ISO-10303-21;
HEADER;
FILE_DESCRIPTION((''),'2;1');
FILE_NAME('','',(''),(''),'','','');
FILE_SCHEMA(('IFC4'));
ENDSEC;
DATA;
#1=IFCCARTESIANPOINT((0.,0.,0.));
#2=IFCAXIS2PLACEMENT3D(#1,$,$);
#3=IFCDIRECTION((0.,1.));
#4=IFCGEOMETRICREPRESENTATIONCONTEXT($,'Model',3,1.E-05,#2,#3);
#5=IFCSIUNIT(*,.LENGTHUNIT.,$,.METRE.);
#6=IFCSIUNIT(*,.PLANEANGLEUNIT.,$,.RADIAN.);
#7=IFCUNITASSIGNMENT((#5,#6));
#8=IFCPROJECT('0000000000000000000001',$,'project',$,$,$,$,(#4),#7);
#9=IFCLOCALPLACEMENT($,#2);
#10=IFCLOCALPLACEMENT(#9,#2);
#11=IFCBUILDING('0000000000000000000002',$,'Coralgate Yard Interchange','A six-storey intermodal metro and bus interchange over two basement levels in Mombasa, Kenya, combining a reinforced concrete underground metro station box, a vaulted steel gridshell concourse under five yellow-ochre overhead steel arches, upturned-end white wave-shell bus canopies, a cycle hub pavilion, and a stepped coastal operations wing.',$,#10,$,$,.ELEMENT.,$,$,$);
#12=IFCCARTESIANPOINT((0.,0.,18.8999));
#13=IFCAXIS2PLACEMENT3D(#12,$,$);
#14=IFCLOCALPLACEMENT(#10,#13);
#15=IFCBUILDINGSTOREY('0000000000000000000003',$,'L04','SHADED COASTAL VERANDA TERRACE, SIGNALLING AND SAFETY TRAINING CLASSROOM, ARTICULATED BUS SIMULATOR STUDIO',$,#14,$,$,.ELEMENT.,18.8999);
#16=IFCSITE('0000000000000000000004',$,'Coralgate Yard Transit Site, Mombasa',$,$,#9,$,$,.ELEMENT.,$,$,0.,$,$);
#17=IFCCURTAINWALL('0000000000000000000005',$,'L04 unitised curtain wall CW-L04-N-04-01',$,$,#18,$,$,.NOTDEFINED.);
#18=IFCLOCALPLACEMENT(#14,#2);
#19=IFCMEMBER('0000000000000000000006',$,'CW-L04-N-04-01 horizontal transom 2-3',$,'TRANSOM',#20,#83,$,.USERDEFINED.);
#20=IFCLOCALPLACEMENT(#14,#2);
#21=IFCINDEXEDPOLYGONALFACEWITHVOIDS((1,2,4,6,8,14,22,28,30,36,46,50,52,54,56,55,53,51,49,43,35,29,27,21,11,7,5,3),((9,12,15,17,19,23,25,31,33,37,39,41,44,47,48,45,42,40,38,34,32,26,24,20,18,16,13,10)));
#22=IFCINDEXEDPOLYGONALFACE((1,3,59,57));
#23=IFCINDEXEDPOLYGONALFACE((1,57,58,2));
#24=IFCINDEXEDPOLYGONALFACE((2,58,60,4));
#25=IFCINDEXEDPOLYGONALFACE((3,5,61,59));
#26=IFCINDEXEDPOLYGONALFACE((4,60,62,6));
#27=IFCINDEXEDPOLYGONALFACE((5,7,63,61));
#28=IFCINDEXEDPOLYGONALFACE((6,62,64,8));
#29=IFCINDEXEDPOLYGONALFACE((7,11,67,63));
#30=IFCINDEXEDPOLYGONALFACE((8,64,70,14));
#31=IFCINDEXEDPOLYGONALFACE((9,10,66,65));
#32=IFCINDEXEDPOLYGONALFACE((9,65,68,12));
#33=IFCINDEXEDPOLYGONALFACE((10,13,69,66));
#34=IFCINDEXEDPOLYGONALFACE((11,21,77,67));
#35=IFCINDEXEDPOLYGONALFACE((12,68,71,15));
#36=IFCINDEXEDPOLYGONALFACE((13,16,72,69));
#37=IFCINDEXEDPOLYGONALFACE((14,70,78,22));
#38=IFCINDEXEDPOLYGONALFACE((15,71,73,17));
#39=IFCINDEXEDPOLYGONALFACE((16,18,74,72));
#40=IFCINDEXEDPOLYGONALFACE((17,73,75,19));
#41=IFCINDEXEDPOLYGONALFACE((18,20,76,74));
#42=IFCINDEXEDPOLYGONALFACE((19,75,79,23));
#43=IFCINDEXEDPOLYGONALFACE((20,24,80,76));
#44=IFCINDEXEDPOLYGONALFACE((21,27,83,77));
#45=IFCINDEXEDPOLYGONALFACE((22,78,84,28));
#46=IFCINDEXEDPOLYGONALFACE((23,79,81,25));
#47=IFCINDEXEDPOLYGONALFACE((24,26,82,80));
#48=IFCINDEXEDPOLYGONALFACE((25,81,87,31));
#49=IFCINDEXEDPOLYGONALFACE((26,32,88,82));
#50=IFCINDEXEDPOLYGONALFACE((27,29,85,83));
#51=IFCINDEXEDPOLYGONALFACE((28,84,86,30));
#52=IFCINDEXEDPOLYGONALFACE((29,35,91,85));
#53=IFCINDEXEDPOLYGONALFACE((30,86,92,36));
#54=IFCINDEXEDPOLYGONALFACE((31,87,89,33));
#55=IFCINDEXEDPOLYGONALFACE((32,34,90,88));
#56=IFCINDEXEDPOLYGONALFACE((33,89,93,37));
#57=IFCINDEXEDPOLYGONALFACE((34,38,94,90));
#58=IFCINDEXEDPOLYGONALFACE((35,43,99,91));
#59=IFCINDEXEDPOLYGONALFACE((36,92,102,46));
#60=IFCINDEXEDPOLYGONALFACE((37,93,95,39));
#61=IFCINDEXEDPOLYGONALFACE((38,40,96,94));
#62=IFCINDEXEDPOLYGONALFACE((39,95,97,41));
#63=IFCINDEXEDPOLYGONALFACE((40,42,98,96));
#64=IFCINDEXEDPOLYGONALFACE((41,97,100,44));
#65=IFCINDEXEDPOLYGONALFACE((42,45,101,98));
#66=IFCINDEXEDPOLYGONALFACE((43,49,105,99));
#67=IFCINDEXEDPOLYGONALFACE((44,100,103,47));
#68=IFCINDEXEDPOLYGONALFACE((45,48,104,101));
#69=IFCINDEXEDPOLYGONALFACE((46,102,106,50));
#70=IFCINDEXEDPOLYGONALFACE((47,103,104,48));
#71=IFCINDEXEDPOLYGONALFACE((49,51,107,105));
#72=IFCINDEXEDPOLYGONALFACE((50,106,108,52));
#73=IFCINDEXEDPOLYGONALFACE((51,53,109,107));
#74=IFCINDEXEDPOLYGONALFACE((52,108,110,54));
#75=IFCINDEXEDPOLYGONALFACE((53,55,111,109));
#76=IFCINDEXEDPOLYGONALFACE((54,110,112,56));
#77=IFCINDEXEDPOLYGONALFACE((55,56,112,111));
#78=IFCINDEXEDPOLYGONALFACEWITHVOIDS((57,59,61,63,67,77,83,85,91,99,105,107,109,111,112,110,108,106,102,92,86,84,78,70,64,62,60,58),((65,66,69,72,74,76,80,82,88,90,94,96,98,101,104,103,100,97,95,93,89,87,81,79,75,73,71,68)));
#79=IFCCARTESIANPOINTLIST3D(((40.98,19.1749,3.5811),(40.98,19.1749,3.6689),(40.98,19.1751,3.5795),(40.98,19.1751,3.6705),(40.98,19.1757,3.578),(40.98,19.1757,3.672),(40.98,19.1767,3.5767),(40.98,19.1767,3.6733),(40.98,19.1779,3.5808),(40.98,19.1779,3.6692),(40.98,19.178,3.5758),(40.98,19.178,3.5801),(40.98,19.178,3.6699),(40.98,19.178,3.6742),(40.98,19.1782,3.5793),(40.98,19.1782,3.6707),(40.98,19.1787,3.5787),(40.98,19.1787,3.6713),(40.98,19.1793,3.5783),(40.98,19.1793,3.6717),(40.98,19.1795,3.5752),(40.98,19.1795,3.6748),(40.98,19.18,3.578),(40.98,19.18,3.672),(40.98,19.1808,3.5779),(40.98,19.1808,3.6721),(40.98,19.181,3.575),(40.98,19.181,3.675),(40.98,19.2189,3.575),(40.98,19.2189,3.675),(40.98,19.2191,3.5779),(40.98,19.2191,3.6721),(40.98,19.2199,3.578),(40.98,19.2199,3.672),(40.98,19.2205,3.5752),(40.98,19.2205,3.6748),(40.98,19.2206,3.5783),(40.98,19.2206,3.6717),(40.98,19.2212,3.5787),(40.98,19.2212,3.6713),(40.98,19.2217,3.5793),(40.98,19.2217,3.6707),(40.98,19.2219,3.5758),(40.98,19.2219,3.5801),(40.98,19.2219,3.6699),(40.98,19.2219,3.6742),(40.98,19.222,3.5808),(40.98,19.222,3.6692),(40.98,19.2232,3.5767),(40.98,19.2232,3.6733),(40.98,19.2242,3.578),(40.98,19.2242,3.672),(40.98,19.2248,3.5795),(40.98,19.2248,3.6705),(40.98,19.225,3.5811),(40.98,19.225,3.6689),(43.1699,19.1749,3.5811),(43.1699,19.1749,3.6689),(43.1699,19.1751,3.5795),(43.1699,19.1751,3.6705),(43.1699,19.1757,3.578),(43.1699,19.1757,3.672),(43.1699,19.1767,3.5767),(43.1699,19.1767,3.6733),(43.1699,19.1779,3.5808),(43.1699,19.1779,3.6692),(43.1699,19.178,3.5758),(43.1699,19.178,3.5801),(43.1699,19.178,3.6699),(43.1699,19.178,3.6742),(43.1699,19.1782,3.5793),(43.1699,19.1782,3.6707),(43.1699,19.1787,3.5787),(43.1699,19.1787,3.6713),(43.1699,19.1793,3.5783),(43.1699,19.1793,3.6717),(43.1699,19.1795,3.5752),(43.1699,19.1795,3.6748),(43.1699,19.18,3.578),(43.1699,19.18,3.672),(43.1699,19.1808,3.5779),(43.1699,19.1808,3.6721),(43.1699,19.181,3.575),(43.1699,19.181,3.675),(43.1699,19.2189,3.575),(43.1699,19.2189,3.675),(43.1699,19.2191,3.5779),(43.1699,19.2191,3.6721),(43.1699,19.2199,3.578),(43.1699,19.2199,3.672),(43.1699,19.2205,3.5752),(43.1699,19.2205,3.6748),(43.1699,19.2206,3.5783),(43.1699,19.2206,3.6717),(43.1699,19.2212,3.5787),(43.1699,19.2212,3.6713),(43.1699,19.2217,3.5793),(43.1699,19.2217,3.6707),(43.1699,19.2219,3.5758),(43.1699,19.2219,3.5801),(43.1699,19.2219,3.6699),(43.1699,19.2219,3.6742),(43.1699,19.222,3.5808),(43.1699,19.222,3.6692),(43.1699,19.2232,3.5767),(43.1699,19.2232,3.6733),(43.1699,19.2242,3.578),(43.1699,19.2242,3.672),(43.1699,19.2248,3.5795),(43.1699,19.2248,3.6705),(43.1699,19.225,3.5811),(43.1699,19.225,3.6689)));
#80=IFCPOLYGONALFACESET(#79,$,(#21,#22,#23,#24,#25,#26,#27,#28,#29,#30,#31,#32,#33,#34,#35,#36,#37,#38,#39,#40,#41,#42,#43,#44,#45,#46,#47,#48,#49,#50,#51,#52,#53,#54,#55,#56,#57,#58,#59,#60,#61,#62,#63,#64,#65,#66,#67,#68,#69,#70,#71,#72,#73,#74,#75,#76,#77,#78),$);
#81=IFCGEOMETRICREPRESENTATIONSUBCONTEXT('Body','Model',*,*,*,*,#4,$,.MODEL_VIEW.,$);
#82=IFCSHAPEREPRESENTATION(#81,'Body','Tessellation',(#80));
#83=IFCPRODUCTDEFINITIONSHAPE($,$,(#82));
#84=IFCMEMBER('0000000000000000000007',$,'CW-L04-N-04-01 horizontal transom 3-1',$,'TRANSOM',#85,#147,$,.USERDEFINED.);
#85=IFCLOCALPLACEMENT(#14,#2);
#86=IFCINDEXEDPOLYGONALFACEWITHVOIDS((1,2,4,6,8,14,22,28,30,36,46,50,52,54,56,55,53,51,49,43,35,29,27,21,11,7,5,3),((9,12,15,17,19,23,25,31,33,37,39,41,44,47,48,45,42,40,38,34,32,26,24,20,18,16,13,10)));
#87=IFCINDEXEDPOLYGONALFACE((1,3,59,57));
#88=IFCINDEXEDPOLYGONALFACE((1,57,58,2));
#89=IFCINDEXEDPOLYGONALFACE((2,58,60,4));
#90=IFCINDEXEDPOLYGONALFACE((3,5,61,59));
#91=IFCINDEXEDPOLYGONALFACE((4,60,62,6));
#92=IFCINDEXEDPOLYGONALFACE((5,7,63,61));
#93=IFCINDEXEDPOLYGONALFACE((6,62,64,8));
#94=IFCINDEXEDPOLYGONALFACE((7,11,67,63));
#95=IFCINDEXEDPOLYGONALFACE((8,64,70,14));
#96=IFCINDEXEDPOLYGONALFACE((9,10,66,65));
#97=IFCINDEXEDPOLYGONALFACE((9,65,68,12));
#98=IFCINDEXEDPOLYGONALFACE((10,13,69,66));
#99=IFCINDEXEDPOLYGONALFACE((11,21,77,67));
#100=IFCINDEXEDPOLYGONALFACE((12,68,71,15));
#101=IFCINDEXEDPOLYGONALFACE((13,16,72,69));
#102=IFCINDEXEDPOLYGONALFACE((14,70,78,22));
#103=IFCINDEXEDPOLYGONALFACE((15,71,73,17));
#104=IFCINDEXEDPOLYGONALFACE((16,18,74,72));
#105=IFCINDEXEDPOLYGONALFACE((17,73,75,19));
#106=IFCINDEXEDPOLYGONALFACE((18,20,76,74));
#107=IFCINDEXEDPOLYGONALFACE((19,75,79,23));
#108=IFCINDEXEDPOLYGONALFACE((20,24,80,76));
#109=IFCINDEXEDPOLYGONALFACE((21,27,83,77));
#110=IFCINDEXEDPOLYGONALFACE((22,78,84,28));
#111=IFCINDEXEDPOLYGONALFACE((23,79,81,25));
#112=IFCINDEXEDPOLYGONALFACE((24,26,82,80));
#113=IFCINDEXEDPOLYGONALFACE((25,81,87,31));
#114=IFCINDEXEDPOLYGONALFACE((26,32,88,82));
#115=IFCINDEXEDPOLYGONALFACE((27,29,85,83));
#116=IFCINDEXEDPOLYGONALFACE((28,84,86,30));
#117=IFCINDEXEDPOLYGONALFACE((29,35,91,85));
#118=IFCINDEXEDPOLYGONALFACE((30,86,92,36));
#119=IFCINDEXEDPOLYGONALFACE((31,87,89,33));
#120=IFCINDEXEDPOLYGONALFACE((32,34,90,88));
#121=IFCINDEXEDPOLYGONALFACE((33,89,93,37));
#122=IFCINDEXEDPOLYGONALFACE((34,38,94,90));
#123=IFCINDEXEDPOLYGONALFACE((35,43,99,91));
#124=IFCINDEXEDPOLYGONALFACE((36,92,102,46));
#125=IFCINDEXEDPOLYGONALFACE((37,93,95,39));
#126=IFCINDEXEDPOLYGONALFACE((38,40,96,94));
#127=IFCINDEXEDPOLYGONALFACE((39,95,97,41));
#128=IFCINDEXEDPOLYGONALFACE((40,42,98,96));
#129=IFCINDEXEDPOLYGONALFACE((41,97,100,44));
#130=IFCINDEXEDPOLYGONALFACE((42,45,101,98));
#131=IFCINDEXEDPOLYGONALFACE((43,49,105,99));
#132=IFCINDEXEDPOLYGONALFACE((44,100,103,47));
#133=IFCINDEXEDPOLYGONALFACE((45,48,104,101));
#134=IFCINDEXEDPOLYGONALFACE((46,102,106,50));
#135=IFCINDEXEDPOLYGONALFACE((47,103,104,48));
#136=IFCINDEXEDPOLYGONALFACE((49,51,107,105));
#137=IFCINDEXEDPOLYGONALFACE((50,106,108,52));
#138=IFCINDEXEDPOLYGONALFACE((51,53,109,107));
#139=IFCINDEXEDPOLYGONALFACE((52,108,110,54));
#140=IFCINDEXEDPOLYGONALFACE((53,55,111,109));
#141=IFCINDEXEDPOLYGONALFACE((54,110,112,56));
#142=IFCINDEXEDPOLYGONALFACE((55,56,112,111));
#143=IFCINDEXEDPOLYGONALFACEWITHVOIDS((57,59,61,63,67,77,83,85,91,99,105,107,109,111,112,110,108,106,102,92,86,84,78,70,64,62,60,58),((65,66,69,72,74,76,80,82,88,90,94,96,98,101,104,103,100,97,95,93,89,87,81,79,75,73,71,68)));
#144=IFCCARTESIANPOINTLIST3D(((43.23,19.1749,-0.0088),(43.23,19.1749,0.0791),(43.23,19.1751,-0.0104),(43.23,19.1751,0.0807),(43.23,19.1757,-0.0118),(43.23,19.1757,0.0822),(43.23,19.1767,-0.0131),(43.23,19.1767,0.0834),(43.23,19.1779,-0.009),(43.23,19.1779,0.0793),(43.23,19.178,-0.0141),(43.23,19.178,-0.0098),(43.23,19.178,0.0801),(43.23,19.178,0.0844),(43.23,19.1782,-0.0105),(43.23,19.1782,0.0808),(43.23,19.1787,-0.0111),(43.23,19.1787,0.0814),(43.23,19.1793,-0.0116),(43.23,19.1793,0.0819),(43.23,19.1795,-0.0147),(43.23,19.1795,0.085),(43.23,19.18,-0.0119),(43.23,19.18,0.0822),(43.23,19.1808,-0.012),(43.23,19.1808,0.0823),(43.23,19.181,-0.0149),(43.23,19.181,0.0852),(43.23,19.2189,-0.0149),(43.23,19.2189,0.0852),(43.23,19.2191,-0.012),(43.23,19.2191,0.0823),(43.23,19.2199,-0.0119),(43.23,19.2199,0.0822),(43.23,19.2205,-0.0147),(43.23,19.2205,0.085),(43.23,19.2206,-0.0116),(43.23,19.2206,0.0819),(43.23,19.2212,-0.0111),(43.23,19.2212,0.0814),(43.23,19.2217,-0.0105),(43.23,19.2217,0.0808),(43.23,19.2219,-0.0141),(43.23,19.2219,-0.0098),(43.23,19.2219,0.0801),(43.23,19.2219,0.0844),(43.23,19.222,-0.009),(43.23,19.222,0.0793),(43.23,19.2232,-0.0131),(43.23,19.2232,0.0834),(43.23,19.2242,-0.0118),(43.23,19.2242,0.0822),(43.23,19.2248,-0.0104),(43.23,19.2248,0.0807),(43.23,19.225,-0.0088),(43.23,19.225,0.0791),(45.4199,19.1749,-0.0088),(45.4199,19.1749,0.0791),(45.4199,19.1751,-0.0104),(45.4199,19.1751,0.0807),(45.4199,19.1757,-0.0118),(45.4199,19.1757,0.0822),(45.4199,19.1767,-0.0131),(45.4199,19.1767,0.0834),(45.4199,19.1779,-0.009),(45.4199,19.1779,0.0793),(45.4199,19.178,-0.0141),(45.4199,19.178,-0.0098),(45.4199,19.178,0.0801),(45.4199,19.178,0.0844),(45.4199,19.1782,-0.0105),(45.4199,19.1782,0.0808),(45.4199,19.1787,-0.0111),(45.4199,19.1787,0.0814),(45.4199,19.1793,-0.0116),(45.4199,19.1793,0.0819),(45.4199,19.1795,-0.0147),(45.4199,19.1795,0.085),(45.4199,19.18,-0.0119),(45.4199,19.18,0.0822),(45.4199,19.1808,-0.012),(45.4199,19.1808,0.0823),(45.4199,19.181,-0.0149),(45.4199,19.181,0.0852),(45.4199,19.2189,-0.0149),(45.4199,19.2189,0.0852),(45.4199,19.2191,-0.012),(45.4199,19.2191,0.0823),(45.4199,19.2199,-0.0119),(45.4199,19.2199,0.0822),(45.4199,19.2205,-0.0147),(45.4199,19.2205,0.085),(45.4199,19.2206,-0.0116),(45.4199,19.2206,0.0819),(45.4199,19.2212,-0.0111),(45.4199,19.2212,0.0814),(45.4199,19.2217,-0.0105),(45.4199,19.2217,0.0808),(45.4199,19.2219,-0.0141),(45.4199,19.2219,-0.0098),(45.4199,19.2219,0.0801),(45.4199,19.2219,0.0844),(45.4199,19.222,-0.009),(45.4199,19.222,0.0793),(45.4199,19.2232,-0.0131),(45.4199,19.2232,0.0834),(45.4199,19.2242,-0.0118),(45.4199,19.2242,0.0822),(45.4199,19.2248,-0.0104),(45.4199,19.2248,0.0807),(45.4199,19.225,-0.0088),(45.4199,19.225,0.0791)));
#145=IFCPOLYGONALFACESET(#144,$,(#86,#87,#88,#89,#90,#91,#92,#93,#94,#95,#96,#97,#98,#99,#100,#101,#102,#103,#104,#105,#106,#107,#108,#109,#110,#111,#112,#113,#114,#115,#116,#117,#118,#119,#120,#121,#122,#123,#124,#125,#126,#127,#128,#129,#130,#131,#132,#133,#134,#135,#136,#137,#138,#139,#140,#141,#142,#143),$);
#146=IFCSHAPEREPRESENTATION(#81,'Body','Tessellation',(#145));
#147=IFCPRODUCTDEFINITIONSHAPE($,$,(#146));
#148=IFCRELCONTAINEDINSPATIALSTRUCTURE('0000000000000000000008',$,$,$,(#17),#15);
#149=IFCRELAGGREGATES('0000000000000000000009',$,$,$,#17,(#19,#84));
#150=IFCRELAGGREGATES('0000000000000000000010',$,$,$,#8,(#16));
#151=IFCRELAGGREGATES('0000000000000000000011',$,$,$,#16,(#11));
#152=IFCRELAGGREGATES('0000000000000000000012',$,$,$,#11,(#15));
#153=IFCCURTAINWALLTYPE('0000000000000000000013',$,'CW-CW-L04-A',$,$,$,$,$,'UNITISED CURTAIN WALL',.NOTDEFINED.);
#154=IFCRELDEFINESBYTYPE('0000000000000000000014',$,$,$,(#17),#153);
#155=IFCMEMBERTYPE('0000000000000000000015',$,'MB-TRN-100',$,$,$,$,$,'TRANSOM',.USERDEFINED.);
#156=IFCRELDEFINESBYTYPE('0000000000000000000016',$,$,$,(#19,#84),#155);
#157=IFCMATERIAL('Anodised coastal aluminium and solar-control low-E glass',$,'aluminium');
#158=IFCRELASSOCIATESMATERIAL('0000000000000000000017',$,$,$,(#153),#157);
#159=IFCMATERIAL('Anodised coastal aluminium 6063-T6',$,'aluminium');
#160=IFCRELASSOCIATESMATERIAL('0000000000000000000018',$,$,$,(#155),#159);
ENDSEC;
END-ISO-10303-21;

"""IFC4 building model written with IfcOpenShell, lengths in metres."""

from ifc_helpers import new_model, si_unit, direction, frame, origin, origin_2d, place, context, subcontext, project, spatial, hollow_rectangle, extrude, material, material_profile, profile_set, type_object, element, aggregate, save


model = new_model("IFC4")

# Units and contexts
model_context = context("Model", 3, precision=1e-05, world=origin(), true_north=direction((0.0, 1.0)))
body_context = subcontext(model_context, "Body", "Model", "MODEL_VIEW")
ifc_project = project(units=[si_unit("LENGTHUNIT", "METRE"), si_unit("PLANEANGLEUNIT", "RADIAN")], contexts=[model_context])

# Site, building, storey
site_placement = place(None, origin())
site = spatial("IfcSite", under=ifc_project, at=site_placement, Name="Coralgate Yard Transit Site, Mombasa", CompositionType="ELEMENT", RefElevation=0.0)
building_placement = place(site_placement, origin())
building = spatial("IfcBuilding", under=site, at=building_placement, Name="Coralgate Yard Interchange", Description="A six-storey intermodal metro and bus interchange over two basement levels in Mombasa, Kenya, combining a reinforced concrete underground metro station box, a vaulted steel gridshell concourse under five yellow-ochre overhead steel arches, upturned-end white wave-shell bus canopies, a cycle hub pavilion, and a stepped coastal operations wing.", CompositionType="ELEMENT")
storey_placement = place(building_placement, frame((0.0, 0.0, 18.8999)))
storey = spatial("IfcBuildingStorey", under=building, at=storey_placement, Name="L04", Description="SHADED COASTAL VERANDA TERRACE, SIGNALLING AND SAFETY TRAINING CLASSROOM, ARTICULATED BUS SIMULATOR STUDIO", CompositionType="ELEMENT", Elevation=18.8999)

# Curtain wall, members
ifc_material_1 = material(Name="Anodised coastal aluminium and solar-control low-E glass", Category="aluminium")
curtain_wall_type = type_object("IfcCurtainWallType", Name="CW-CW-L04-A", ElementType="UNITISED CURTAIN WALL", PredefinedType="NOTDEFINED", material=ifc_material_1)
curtain_wall_placement = place(storey_placement, origin())
curtain_wall = element("IfcCurtainWall", 1, at=curtain_wall_placement, inside=storey, type_object=curtain_wall_type, Name="L04 unitised curtain wall CW-L04-N-04-01", PredefinedType="NOTDEFINED")
ifc_material_2 = material(Name="Anodised coastal aluminium 6063-T6", Category="aluminium")
ifc_material_profile_1 = material_profile(ifc_material_2, hollow_rectangle(XDim=0.05, YDim=0.1001, WallThickness=0.0029, InnerFilletRadius=0.0029, OuterFilletRadius=0.0061, at=origin_2d()), Name="ALU 50x100x3")
ifc_profile_set_1 = profile_set([ifc_material_profile_1], Name="Anodised coastal aluminium 6063-T6")
member_type_1 = type_object("IfcMemberType", Name="MB-TRN-100", ElementType="TRANSOM", PredefinedType="USERDEFINED", material=ifc_profile_set_1)
member_1_placement = place(storey_placement, frame((40.98, 19.2, 3.625), z_axis=(1.0, 0.0, 0.0), x_axis=(0.0, 1.0, 0.0)))
member_1 = element("IfcMember", 2, at=member_1_placement, type_object=member_type_1, Name="CW-L04-N-04-01 horizontal transom 2-3", ObjectType="TRANSOM", PredefinedType="USERDEFINED", context=body_context, shape_type="SweptSolid", body=[
    extrude(hollow_rectangle(XDim=0.05, YDim=0.1001, WallThickness=0.0029, InnerFilletRadius=0.0029, OuterFilletRadius=0.0061, at=origin_2d()), origin(), (0.0, 0.0, 1.0), 2.1899),
])
member_2_placement = place(storey_placement, frame((43.23, 19.2, 0.0352), z_axis=(1.0, 0.0, 0.0), x_axis=(0.0, 1.0, 0.0)))
member_2 = element("IfcMember", 3, at=member_2_placement, type_object=member_type_1, Name="CW-L04-N-04-01 horizontal transom 3-1", ObjectType="TRANSOM", PredefinedType="USERDEFINED", context=body_context, shape_type="SweptSolid", body=[
    extrude(hollow_rectangle(XDim=0.05, YDim=0.1001, WallThickness=0.0029, InnerFilletRadius=0.0029, OuterFilletRadius=0.0061, at=origin_2d()), origin(), (0.0, 0.0, 1.0), 2.1899),
])
aggregate(curtain_wall, [member_1, member_2])

save(model, "model.ifc")
